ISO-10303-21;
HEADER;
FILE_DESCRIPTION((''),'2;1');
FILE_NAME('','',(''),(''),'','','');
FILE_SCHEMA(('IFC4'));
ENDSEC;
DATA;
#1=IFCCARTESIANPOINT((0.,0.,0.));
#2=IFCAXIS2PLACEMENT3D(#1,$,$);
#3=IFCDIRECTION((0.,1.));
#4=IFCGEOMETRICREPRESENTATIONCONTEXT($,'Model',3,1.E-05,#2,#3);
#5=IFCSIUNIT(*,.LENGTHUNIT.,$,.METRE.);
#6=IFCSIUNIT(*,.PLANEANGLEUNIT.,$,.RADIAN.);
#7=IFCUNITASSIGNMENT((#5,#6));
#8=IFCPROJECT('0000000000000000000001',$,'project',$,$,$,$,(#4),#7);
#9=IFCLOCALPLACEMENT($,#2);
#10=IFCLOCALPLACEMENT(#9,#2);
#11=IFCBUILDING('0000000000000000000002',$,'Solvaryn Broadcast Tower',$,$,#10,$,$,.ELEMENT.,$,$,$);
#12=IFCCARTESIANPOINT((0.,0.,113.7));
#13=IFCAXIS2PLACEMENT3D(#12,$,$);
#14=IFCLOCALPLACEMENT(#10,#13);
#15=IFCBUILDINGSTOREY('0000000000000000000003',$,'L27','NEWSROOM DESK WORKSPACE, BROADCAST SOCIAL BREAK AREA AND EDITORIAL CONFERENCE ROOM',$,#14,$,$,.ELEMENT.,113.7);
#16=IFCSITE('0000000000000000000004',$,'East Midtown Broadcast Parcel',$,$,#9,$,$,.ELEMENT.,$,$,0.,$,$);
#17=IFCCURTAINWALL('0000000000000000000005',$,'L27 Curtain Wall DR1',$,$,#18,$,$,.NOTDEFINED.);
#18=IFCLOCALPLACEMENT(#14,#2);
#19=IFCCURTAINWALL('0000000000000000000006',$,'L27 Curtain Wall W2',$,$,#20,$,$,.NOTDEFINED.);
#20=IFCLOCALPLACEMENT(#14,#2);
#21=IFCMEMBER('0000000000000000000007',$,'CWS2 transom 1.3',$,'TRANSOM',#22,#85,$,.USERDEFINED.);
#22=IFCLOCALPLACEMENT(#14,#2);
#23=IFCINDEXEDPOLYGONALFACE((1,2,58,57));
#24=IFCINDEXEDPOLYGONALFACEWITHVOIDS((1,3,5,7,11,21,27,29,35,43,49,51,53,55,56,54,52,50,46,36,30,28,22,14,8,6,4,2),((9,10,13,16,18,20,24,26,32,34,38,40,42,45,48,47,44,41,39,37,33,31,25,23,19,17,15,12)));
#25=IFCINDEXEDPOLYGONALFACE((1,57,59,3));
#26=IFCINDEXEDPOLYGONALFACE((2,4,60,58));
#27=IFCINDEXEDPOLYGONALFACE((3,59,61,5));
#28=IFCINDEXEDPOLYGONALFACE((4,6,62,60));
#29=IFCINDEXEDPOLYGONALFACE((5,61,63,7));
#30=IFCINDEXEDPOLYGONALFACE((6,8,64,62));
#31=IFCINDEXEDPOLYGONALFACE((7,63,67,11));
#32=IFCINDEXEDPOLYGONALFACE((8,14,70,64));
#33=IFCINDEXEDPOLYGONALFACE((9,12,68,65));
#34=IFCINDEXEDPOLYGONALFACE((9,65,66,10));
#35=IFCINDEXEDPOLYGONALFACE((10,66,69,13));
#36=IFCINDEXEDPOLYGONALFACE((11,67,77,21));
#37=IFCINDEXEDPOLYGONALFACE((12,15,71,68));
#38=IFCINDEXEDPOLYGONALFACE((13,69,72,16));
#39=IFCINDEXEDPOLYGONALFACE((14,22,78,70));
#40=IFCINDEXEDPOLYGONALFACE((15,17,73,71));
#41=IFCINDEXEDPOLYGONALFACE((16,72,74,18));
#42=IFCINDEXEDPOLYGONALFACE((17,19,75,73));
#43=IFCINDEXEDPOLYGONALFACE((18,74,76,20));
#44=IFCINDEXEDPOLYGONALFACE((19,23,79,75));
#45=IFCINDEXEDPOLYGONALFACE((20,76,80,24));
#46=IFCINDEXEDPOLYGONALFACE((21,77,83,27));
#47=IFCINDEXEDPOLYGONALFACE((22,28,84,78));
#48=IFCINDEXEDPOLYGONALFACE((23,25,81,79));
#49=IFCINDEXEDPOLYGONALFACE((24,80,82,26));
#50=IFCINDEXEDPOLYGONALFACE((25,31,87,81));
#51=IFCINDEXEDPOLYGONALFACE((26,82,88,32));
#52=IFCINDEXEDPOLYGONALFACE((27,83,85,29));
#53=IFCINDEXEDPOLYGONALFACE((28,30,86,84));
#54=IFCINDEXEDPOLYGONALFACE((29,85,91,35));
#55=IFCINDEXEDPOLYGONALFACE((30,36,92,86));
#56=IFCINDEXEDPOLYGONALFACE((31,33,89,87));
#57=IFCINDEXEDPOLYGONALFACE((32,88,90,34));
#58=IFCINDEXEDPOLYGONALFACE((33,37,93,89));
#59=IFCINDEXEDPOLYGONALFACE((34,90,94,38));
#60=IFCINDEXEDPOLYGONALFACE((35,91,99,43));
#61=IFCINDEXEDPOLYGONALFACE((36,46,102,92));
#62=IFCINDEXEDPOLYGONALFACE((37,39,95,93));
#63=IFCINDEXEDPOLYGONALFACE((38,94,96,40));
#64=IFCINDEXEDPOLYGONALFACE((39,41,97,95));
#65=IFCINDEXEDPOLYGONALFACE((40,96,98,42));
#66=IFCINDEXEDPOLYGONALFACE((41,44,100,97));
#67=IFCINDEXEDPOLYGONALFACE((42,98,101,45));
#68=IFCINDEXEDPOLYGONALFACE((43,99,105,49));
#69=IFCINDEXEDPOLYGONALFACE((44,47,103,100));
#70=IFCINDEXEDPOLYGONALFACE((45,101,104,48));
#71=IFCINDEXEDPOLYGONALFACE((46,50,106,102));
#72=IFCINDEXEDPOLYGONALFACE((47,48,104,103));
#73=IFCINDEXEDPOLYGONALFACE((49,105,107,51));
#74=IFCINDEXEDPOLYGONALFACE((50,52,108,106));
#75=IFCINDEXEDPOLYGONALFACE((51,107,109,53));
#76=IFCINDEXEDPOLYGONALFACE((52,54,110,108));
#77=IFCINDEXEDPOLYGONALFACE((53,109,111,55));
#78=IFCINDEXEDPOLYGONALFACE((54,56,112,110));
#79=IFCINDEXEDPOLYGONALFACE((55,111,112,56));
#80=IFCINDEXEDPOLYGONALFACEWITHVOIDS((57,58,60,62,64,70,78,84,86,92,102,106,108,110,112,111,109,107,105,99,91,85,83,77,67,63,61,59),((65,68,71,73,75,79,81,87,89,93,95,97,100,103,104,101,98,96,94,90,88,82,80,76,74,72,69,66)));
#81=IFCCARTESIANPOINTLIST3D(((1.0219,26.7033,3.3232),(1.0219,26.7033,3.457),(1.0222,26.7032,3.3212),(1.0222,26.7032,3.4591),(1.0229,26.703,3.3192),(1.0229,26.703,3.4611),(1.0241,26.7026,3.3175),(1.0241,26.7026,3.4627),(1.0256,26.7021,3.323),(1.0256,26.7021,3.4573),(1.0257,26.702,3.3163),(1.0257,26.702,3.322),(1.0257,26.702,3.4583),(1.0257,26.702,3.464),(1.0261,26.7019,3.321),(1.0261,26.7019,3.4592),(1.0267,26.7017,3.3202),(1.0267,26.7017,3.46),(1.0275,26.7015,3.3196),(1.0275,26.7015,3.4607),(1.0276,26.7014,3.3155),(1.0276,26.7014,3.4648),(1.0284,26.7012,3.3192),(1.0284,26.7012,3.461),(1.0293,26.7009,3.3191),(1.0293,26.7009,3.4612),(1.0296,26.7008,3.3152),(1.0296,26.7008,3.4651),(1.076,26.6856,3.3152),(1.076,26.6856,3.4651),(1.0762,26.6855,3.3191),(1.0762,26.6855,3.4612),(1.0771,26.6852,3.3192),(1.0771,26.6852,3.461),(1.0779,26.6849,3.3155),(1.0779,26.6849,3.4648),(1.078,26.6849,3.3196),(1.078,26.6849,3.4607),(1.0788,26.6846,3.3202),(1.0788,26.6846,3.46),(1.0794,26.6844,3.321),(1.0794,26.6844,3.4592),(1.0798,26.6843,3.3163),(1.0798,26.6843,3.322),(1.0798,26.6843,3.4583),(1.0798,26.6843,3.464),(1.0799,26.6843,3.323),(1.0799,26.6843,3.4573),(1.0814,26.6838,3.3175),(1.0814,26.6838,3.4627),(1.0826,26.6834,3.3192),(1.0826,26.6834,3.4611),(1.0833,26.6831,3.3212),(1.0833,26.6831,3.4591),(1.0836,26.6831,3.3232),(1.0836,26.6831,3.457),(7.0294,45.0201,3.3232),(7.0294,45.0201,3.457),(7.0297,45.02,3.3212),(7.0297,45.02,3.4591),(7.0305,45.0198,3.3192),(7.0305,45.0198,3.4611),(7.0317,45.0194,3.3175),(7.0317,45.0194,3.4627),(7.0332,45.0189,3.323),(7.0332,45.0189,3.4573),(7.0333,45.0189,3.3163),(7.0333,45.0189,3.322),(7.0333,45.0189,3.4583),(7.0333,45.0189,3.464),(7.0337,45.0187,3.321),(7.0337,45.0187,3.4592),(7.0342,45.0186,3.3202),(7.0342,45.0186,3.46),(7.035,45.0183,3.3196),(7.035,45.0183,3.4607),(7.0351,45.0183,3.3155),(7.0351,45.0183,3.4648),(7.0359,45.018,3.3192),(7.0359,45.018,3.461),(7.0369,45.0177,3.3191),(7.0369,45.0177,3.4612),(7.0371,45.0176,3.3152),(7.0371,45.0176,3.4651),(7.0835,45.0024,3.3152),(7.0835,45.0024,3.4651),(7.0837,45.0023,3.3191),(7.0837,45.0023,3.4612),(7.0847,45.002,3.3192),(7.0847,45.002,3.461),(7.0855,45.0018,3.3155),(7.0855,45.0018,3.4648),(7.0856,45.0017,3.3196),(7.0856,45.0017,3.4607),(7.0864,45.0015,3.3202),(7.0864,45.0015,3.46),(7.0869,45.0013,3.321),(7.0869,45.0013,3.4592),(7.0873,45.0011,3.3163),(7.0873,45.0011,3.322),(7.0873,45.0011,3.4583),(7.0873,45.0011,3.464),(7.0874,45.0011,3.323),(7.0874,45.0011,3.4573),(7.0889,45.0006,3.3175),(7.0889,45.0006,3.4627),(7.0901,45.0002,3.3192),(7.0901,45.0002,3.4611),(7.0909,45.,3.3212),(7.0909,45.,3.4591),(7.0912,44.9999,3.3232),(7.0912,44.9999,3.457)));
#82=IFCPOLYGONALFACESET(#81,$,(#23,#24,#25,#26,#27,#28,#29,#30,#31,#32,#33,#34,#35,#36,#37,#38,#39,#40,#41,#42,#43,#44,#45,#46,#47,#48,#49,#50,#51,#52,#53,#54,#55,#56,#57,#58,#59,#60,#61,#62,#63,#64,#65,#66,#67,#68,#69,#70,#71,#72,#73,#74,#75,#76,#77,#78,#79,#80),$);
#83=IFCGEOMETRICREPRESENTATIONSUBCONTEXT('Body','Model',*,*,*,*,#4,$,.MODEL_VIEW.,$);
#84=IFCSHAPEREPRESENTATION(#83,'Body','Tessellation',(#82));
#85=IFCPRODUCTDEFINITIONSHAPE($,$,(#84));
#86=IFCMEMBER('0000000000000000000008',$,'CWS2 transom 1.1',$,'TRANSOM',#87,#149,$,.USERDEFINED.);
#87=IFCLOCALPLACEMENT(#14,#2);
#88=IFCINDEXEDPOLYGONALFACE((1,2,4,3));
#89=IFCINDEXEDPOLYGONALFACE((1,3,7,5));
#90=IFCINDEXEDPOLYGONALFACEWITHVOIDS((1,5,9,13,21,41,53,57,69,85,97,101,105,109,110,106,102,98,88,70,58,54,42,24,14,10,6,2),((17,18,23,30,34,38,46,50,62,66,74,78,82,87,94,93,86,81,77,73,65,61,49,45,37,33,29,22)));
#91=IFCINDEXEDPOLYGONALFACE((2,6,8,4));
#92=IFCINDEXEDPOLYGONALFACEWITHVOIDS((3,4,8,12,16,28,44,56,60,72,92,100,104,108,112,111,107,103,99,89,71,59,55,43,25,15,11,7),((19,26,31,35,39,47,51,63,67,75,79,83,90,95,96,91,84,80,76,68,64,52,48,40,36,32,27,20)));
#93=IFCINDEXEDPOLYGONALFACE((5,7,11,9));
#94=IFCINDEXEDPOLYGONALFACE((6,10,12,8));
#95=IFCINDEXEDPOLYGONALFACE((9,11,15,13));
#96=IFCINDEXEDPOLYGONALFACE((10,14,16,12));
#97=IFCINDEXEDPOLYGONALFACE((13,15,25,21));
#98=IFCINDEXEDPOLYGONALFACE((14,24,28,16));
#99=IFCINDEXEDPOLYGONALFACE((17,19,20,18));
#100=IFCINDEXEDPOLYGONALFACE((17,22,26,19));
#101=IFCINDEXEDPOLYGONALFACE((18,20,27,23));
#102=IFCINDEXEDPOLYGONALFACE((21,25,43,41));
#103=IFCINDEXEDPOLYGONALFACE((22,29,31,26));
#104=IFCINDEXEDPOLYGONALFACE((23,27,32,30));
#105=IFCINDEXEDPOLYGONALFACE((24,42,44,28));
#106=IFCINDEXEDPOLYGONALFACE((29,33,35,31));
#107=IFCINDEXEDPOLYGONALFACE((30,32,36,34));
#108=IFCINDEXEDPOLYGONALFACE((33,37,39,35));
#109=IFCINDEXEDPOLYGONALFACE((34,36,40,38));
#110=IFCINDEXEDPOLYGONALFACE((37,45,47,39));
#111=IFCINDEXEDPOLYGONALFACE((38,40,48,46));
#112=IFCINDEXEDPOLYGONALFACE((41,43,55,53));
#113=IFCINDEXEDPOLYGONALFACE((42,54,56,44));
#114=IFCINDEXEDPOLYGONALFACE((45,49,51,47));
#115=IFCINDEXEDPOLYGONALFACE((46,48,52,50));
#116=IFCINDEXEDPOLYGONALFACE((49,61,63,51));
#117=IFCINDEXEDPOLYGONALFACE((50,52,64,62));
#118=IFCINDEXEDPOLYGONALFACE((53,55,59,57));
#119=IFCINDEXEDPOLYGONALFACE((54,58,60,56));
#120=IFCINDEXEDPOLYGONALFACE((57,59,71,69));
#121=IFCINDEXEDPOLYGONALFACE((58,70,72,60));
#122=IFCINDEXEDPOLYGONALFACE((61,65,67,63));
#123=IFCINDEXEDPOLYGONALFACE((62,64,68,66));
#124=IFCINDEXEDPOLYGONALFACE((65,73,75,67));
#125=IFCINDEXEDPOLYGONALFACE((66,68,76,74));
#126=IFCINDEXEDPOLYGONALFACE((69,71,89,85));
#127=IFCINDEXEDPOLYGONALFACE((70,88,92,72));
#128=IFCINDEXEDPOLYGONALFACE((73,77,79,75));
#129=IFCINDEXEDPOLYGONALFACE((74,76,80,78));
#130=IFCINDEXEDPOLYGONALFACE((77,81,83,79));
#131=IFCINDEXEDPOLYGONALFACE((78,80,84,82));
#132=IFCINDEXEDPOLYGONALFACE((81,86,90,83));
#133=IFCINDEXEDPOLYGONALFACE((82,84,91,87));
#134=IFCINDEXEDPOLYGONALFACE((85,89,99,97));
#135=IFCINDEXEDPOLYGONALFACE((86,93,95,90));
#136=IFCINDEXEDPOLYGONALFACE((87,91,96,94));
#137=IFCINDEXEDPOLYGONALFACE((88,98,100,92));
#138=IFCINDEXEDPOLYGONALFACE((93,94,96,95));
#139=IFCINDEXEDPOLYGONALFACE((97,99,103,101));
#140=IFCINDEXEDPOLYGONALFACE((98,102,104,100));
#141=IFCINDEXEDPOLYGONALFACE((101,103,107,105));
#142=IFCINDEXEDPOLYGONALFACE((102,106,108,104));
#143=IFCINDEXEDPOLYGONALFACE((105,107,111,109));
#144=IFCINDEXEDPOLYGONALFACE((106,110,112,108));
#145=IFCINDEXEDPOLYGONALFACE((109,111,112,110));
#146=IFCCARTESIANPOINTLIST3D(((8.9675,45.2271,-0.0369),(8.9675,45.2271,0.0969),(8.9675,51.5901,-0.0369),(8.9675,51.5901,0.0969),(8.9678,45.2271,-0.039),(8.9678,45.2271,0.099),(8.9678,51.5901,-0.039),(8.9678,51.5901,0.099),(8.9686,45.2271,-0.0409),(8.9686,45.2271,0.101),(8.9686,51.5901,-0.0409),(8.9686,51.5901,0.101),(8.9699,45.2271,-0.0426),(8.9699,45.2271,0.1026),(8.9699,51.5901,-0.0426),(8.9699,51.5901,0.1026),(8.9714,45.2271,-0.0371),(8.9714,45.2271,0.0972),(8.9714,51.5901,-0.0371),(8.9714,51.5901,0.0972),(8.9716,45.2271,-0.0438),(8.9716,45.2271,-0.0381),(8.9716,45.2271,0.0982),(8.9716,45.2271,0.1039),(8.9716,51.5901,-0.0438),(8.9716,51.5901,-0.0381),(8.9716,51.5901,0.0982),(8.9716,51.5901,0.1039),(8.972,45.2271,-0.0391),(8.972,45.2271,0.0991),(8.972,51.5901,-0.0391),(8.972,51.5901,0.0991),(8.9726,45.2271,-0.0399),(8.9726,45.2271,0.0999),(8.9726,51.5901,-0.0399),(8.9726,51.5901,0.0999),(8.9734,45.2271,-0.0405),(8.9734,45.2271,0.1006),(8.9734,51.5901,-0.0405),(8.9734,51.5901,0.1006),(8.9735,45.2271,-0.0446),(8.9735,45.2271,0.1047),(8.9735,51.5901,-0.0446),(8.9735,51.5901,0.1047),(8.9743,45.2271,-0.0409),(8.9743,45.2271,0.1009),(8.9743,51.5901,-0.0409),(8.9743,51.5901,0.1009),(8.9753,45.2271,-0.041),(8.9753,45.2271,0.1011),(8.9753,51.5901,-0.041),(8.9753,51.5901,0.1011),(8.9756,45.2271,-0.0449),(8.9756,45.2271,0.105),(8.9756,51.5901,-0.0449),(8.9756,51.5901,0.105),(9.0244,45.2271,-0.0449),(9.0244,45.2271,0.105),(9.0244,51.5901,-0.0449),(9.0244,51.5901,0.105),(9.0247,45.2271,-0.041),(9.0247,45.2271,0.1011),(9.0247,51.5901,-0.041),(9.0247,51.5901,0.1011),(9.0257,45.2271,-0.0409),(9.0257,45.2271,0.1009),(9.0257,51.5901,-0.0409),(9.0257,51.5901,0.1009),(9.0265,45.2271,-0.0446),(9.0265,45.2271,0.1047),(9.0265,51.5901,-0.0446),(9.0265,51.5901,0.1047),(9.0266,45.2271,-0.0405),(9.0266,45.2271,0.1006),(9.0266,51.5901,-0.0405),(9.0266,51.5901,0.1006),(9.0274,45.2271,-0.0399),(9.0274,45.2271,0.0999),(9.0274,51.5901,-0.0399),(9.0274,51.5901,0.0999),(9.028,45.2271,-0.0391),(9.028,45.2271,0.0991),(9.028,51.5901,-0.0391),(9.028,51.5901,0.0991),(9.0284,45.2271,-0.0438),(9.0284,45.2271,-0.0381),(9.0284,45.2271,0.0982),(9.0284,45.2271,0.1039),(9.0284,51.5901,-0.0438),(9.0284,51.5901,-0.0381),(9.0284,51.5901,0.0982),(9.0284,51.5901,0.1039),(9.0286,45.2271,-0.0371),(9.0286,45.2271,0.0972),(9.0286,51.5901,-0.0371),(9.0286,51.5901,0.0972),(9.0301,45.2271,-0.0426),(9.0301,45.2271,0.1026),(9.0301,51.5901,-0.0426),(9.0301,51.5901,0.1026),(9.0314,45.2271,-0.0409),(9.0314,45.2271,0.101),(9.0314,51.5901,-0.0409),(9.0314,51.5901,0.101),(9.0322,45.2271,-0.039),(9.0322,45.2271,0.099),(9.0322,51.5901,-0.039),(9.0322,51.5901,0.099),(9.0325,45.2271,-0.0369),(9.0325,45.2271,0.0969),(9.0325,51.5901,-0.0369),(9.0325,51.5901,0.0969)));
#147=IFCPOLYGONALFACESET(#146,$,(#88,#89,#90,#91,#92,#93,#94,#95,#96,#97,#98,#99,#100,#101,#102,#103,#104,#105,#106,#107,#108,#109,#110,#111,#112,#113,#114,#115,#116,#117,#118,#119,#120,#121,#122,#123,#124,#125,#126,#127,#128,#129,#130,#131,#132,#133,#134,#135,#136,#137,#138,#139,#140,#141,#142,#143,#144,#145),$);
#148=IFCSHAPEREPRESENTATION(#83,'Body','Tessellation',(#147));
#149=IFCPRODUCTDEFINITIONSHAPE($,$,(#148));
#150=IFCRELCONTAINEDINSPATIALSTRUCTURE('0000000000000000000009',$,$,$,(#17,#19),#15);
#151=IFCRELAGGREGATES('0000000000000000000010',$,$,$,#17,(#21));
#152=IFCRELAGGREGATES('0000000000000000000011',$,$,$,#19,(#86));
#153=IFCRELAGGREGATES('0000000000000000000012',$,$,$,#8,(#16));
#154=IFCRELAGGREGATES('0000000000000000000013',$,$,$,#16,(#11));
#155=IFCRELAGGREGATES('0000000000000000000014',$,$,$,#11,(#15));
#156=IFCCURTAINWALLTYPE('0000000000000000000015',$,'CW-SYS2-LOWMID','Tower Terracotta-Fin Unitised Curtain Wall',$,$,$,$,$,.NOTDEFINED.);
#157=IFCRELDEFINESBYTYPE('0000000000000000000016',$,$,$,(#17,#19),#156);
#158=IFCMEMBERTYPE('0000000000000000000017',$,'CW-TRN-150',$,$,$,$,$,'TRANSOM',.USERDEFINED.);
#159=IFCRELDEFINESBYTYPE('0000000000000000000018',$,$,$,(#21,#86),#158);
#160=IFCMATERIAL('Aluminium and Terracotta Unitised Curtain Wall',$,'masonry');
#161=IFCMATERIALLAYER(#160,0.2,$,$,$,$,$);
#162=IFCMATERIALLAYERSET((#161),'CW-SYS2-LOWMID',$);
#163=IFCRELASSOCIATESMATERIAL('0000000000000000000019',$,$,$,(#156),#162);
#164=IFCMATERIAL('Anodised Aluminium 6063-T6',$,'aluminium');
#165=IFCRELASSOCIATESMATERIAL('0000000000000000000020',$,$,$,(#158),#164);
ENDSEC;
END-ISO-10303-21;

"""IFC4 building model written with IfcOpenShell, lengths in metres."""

from ifc_helpers import new_model, si_unit, direction, frame, origin, origin_2d, place, context, subcontext, project, spatial, hollow_rectangle, extrude, material, layer, layer_set, material_profile, profile_set, type_object, element, aggregate, save


model = new_model("IFC4")

# Units and contexts
model_context = context("Model", 3, precision=1e-05, world=origin(), true_north=direction((0.0, 1.0)))
body_context = subcontext(model_context, "Body", "Model", "MODEL_VIEW")
ifc_project = project(units=[si_unit("LENGTHUNIT", "METRE"), si_unit("PLANEANGLEUNIT", "RADIAN")], contexts=[model_context])

# Site, building, storey
site_placement = place(None, origin())
site = spatial("IfcSite", under=ifc_project, at=site_placement, Name="East Midtown Broadcast Parcel", CompositionType="ELEMENT", RefElevation=0.0)
building_placement = place(site_placement, origin())
building = spatial("IfcBuilding", under=site, at=building_placement, Name="Solvaryn Broadcast Tower", CompositionType="ELEMENT")
storey_placement = place(building_placement, frame((0.0, 0.0, 113.7)))
storey = spatial("IfcBuildingStorey", under=building, at=storey_placement, Name="L27", Description="NEWSROOM DESK WORKSPACE, BROADCAST SOCIAL BREAK AREA AND EDITORIAL CONFERENCE ROOM", CompositionType="ELEMENT", Elevation=113.7)

# Curtain walls
ifc_material_1 = material(Name="Aluminium and Terracotta Unitised Curtain Wall", Category="masonry")
ifc_layer_1 = layer(ifc_material_1, 0.2)
ifc_layer_set_1 = layer_set([ifc_layer_1], Name="CW-SYS2-LOWMID")
curtain_wall_type = type_object("IfcCurtainWallType", Name="CW-SYS2-LOWMID", Description="Tower Terracotta-Fin Unitised Curtain Wall", PredefinedType="NOTDEFINED", material=ifc_layer_set_1)
curtain_wall_1_placement = place(storey_placement, origin())
curtain_wall_1 = element("IfcCurtainWall", 1, at=curtain_wall_1_placement, inside=storey, type_object=curtain_wall_type, Name="L27 Curtain Wall DR1", PredefinedType="NOTDEFINED")
curtain_wall_2_placement = place(storey_placement, origin())
curtain_wall_2 = element("IfcCurtainWall", 2, at=curtain_wall_2_placement, inside=storey, type_object=curtain_wall_type, Name="L27 Curtain Wall W2", PredefinedType="NOTDEFINED")

# Members
ifc_material_2 = material(Name="Anodised Aluminium 6063-T6", Category="aluminium")
ifc_material_profile_1 = material_profile(ifc_material_2, hollow_rectangle(XDim=0.0649, YDim=0.1499, WallThickness=0.0039, InnerFilletRadius=0.0039, OuterFilletRadius=0.0081, at=origin_2d()))
ifc_profile_set_1 = profile_set([ifc_material_profile_1], Name="Anodised Aluminium 6063-T6")
member_type_1 = type_object("IfcMemberType", Name="CW-TRN-150", ElementType="TRANSOM", PredefinedType="USERDEFINED", material=ifc_profile_set_1)
member_1_placement = place(storey_placement, frame((7.0603, 45.01, 3.3901), z_axis=(-0.311646, -0.950198, 0.0), x_axis=(0.950198, -0.311646, 0.0)))
member_1 = element("IfcMember", 3, at=member_1_placement, type_object=member_type_1, Name="CWS2 transom 1.3", ObjectType="TRANSOM", PredefinedType="USERDEFINED", context=body_context, shape_type="SweptSolid", body=[
    extrude(hollow_rectangle(XDim=0.0649, YDim=0.1499, WallThickness=0.0039, InnerFilletRadius=0.0039, OuterFilletRadius=0.0081, at=origin_2d()), origin(), (0.0, 0.0, 1.0), 19.2769),
])
aggregate(curtain_wall_1, [member_1])
member_2_placement = place(storey_placement, frame((9.0, 45.2271, 0.03), z_axis=(0.0, 1.0, 0.0), x_axis=(-1.0, 0.0, 0.0)))
member_2 = element("IfcMember", 4, at=member_2_placement, type_object=member_type_1, Name="CWS2 transom 1.1", ObjectType="TRANSOM", PredefinedType="USERDEFINED", context=body_context, shape_type="SweptSolid", body=[
    extrude(hollow_rectangle(XDim=0.0649, YDim=0.1499, WallThickness=0.0039, InnerFilletRadius=0.0039, OuterFilletRadius=0.0081, at=origin_2d()), origin(), (0.0, 0.0, 1.0), 6.363),
])
aggregate(curtain_wall_2, [member_2])

save(model, "model.ifc")
